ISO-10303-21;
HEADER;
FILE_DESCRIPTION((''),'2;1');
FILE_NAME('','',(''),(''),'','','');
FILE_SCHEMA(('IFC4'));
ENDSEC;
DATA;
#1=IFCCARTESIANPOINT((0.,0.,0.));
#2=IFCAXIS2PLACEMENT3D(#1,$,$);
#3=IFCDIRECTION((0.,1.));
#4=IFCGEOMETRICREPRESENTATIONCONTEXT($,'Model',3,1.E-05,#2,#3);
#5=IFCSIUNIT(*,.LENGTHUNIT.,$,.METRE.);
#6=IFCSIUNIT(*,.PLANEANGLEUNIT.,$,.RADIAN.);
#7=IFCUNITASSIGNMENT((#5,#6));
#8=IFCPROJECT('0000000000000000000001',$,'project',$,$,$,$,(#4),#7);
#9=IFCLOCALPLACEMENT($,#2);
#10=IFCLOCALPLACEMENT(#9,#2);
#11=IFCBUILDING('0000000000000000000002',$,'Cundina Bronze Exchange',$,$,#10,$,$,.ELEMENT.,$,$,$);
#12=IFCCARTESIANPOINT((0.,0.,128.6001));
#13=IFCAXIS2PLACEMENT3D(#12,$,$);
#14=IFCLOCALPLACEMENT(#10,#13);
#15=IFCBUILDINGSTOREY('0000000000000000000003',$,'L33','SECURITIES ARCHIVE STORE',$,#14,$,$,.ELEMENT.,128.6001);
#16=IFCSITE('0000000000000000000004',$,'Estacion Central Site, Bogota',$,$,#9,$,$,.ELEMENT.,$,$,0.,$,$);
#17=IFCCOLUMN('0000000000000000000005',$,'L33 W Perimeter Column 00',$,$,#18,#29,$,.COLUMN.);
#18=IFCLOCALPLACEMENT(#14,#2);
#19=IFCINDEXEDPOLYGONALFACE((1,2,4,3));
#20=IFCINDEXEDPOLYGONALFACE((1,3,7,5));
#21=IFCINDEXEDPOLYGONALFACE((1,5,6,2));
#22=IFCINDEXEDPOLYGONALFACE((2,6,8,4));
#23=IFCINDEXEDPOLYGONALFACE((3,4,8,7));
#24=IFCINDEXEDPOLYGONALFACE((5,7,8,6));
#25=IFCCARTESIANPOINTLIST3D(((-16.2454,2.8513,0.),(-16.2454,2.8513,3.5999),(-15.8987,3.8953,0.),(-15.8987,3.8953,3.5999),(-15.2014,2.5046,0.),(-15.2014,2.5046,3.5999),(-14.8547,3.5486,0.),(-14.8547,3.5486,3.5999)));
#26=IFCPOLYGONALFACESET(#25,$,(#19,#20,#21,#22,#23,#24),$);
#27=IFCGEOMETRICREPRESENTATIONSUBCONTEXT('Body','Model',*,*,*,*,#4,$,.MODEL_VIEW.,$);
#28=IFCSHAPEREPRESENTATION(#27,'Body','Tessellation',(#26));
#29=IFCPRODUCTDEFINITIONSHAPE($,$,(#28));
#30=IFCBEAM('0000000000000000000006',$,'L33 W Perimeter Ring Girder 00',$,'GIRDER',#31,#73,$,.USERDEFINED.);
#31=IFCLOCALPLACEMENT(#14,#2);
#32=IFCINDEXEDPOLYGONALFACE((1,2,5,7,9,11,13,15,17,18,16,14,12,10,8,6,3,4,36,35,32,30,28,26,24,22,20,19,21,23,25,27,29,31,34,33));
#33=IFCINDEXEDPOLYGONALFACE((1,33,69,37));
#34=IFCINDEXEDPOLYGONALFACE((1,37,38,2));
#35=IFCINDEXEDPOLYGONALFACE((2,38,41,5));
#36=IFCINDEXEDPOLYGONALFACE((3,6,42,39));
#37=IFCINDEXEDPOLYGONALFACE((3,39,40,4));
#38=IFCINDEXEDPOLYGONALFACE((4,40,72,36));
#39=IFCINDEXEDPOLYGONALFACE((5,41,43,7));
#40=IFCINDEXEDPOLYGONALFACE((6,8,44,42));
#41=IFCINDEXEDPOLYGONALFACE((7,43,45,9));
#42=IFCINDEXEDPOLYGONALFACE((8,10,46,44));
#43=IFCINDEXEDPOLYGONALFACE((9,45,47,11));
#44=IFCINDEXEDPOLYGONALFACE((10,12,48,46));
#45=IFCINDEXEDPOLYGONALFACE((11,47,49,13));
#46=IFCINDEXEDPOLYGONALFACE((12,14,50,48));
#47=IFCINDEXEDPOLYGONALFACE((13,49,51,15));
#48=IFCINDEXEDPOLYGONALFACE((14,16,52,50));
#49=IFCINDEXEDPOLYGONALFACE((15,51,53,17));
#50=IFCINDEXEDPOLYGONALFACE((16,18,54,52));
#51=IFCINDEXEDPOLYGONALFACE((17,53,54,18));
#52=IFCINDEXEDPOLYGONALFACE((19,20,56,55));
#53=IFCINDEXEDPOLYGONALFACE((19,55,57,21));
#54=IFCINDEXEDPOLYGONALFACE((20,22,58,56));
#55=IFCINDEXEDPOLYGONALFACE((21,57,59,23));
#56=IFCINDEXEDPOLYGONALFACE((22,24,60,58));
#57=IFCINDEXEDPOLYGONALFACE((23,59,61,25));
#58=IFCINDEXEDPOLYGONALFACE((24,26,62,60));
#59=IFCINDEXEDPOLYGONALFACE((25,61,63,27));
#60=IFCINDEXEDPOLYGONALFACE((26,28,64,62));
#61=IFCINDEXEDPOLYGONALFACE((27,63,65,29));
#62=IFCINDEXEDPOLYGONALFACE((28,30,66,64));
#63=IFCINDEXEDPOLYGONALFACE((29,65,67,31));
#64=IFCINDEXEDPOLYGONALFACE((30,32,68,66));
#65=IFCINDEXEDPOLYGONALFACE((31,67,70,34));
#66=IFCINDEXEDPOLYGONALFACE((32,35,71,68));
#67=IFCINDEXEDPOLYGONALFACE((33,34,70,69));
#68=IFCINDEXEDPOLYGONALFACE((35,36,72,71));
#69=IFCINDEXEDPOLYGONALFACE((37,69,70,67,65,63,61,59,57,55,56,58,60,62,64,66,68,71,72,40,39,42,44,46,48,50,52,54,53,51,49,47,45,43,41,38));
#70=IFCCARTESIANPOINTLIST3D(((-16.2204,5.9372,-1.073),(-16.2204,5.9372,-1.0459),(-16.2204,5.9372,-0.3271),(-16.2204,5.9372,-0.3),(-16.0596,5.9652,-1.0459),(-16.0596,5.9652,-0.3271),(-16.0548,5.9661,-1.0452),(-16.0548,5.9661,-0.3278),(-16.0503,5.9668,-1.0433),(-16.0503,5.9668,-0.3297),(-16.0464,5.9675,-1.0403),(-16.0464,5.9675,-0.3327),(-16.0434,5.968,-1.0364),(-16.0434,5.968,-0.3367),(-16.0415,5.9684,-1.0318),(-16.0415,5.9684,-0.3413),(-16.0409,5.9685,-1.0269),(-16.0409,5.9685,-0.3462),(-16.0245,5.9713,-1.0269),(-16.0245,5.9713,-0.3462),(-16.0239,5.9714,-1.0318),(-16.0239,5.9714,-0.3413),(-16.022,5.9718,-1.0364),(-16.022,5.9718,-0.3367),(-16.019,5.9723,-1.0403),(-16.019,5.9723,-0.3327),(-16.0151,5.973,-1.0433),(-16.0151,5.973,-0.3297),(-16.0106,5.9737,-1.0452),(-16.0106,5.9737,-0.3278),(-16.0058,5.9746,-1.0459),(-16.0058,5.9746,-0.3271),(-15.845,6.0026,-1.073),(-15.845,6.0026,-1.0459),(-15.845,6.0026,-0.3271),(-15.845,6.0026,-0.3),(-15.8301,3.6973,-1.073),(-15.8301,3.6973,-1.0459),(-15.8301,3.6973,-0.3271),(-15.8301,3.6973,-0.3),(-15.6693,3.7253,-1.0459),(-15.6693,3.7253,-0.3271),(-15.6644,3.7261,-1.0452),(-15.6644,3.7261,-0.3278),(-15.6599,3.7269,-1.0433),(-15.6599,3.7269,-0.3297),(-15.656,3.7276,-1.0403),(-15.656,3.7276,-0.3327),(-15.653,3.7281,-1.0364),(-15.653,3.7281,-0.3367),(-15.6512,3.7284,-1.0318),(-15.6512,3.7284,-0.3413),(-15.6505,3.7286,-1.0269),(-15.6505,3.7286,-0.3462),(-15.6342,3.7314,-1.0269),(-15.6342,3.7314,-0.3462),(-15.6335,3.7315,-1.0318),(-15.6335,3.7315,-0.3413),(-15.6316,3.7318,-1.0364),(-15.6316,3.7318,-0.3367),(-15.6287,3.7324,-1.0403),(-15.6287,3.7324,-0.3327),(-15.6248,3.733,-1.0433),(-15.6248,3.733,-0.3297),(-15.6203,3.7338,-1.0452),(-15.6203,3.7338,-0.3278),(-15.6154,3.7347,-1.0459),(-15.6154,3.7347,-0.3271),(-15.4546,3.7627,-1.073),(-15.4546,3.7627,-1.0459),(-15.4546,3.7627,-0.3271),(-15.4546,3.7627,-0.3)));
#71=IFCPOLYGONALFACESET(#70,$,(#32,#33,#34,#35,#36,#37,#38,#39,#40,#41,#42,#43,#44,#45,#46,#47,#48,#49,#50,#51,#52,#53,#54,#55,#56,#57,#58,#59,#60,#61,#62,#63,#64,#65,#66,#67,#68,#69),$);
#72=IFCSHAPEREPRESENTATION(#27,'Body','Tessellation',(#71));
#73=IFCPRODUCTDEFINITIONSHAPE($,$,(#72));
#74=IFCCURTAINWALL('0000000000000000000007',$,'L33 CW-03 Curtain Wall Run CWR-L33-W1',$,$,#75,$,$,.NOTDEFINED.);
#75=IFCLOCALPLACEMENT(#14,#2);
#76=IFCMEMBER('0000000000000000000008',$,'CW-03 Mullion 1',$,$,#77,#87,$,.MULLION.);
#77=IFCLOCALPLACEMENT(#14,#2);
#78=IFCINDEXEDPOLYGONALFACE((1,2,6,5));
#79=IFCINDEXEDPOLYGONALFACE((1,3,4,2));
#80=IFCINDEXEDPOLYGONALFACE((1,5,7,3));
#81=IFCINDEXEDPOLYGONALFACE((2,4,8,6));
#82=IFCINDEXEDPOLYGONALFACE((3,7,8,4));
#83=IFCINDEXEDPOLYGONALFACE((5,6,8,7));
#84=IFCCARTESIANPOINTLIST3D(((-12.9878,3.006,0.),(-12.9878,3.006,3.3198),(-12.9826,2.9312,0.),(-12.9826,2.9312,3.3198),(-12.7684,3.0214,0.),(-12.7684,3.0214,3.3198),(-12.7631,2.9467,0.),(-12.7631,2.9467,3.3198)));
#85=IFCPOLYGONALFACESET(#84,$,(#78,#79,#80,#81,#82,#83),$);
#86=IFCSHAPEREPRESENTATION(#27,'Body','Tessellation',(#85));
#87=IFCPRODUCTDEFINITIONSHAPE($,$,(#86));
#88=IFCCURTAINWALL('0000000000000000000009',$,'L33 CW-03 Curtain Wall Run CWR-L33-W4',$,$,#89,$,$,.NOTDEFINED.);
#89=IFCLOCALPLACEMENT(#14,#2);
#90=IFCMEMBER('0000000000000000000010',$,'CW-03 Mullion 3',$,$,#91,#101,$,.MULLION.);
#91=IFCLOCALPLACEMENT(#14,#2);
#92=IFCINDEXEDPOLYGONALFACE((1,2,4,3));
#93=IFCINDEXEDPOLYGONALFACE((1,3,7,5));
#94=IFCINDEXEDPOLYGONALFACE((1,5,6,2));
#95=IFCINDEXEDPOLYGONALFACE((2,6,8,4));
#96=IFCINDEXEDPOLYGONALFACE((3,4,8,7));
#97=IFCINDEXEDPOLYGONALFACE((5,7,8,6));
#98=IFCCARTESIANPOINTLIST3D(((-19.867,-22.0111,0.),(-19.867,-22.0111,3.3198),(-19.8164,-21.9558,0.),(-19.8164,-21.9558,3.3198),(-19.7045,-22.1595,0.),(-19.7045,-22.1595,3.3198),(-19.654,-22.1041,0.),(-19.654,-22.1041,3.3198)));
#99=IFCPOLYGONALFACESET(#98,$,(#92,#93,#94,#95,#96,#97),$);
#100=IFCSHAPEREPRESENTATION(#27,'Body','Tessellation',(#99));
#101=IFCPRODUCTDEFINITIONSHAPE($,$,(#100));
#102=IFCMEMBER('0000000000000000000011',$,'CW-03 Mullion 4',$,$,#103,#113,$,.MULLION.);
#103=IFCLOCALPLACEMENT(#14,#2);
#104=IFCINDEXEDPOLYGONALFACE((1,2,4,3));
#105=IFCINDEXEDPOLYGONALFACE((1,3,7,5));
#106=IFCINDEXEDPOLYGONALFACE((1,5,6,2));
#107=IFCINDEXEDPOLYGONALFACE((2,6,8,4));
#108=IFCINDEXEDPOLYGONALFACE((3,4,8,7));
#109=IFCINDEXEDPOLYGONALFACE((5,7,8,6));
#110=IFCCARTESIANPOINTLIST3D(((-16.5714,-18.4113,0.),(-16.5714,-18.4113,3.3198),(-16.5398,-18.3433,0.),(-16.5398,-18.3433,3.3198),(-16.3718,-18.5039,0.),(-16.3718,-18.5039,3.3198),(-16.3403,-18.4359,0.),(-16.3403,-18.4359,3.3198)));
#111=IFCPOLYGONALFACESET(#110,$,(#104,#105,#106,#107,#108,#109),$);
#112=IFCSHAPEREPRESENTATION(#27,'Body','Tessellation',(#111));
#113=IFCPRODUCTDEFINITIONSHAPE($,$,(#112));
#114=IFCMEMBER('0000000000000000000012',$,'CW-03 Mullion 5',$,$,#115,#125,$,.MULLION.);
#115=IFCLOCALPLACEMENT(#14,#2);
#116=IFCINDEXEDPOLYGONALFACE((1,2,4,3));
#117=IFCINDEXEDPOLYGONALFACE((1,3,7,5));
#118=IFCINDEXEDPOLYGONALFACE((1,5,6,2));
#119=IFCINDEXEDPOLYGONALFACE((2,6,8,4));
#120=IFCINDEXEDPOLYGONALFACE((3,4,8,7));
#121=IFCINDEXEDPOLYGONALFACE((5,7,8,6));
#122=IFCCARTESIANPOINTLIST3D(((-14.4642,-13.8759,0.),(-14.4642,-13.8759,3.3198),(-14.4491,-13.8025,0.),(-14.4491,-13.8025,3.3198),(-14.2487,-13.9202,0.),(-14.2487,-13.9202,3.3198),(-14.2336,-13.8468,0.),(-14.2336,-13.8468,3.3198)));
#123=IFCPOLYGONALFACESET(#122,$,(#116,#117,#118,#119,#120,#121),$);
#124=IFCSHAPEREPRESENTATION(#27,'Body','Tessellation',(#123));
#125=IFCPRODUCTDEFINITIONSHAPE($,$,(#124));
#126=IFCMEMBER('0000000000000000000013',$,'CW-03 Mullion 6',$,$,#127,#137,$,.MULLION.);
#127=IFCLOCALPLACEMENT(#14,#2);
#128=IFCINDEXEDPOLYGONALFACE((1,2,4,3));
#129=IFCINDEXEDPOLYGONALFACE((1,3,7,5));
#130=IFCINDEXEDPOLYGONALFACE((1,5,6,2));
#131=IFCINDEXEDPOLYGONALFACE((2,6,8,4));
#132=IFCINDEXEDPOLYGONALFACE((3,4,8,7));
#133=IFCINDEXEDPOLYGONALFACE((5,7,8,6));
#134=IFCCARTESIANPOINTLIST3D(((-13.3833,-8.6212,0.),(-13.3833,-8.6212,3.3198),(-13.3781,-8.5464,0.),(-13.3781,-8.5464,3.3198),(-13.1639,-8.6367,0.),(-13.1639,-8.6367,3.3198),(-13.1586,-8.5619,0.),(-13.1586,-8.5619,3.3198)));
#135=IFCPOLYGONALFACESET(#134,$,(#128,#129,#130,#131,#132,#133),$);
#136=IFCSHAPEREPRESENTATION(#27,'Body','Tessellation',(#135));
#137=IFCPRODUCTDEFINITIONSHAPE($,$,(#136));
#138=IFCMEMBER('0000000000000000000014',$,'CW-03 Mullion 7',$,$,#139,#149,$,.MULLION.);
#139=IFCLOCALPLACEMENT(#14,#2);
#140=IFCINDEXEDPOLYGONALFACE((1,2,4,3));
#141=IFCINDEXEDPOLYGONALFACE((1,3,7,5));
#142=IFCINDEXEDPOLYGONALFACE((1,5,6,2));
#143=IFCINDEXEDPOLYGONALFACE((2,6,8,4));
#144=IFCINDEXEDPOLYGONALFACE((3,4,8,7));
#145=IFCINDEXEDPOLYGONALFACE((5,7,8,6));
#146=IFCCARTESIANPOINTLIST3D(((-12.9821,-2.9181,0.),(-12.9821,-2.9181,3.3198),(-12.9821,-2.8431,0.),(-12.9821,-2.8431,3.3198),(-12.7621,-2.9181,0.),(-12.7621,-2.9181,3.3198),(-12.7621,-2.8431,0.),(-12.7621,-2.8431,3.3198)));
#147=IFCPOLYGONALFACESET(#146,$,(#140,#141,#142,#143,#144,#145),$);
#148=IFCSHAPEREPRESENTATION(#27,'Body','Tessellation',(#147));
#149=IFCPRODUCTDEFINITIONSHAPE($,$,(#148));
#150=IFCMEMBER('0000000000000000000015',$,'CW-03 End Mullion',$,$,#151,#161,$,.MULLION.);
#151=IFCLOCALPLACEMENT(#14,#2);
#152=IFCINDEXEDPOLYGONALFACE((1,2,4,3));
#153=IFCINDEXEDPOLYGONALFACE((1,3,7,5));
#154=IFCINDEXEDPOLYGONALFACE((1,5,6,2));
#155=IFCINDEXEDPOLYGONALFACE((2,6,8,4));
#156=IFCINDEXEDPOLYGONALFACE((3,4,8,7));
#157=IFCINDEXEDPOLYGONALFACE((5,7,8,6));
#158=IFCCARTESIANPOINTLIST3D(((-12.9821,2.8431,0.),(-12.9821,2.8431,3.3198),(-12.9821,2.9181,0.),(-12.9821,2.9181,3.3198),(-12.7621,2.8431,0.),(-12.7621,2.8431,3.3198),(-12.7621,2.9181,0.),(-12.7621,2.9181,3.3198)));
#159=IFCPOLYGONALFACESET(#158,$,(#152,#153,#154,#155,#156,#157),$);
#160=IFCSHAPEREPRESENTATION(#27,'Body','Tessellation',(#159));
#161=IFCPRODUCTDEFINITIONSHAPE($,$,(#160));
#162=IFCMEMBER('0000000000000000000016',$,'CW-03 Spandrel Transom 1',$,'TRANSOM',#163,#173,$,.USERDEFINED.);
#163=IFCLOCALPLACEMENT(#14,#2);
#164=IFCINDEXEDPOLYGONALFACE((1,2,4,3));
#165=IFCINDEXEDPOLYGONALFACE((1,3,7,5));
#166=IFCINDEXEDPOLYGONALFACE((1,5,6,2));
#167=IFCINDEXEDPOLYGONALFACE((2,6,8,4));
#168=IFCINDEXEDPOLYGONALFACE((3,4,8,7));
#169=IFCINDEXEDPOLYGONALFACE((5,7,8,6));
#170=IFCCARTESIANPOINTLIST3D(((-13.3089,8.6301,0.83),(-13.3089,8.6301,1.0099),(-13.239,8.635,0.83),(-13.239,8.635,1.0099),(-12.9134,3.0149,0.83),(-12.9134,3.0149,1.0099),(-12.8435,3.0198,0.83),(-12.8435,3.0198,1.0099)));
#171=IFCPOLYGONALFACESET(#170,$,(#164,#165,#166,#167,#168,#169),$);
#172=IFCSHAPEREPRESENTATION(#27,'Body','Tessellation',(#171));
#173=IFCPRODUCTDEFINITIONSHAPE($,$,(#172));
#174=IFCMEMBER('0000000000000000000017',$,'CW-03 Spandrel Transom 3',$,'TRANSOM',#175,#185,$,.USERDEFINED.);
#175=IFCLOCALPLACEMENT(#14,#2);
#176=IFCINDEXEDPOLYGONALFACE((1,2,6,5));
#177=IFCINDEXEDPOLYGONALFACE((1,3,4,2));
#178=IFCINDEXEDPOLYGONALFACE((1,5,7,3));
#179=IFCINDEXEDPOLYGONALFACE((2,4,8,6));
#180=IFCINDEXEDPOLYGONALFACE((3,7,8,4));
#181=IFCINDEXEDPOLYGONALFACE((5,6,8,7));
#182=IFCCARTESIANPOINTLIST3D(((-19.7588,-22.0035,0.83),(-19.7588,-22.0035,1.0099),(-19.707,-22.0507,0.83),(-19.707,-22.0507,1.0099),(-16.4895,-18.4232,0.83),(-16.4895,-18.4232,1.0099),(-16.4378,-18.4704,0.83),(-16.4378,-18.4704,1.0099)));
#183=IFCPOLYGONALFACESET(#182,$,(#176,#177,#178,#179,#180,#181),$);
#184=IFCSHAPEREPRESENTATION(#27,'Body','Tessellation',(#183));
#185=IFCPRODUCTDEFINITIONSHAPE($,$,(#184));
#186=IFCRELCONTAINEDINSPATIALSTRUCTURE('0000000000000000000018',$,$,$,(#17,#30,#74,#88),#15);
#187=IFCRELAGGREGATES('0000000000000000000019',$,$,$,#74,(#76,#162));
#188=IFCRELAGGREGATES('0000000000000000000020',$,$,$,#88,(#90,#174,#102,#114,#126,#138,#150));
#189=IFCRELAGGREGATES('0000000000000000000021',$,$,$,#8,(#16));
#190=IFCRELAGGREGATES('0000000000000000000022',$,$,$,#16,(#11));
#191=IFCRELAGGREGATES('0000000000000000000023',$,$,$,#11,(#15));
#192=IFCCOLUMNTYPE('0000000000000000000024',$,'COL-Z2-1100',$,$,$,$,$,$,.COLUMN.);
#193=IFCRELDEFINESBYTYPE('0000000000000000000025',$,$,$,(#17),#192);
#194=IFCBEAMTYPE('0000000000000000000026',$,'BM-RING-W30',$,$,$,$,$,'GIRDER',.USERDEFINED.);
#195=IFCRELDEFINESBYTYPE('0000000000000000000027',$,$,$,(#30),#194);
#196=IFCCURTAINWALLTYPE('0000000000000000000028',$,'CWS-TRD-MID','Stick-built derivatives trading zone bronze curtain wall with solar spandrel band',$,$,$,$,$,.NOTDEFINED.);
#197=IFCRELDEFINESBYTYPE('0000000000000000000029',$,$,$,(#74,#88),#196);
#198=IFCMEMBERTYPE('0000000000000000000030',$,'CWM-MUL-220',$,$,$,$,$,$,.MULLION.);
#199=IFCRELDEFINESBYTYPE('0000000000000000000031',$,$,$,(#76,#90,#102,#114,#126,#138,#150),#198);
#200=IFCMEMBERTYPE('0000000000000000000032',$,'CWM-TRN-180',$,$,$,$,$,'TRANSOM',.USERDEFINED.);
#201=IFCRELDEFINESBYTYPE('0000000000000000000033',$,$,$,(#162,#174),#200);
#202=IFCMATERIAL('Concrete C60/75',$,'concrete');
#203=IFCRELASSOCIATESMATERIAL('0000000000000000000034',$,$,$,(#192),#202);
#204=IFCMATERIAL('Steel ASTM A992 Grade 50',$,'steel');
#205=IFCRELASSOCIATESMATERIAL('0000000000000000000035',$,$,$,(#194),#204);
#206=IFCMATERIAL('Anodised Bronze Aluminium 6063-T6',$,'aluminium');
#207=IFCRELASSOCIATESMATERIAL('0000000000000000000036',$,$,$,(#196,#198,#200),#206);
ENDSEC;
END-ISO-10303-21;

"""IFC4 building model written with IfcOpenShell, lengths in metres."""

from ifc_helpers import new_model, si_unit, direction, frame, origin, origin_2d, place, context, subcontext, project, spatial, rectangle, i_section, extrude, material, material_profile, profile_set, type_object, element, aggregate, save


model = new_model("IFC4")

# Units and contexts
model_context = context("Model", 3, precision=1e-05, world=origin(), true_north=direction((0.0, 1.0)))
body_context = subcontext(model_context, "Body", "Model", "MODEL_VIEW")
ifc_project = project(units=[si_unit("LENGTHUNIT", "METRE"), si_unit("PLANEANGLEUNIT", "RADIAN")], contexts=[model_context])

# Site, building, storey
site_placement = place(None, origin())
site = spatial("IfcSite", under=ifc_project, at=site_placement, Name="Estacion Central Site, Bogota", CompositionType="ELEMENT", RefElevation=0.0)
building_placement = place(site_placement, origin())
building = spatial("IfcBuilding", under=site, at=building_placement, Name="Cundina Bronze Exchange", CompositionType="ELEMENT")
storey_placement = place(building_placement, frame((0.0, 0.0, 128.6001)))
storey = spatial("IfcBuildingStorey", under=building, at=storey_placement, Name="L33", Description="SECURITIES ARCHIVE STORE", CompositionType="ELEMENT", Elevation=128.6001)

# Column
ifc_material_1 = material(Name="Concrete C60/75", Category="concrete")
ifc_material_profile_1 = material_profile(ifc_material_1, rectangle(XDim=1.1001, YDim=1.1001, at=origin_2d()), Name="RC1100X1100", Category="concrete")
ifc_profile_set_1 = profile_set([ifc_material_profile_1], Name="Concrete C60/75")
column_type = type_object("IfcColumnType", Name="COL-Z2-1100", PredefinedType="COLUMN", material=ifc_profile_set_1)
column_placement = place(storey_placement, frame((-15.55, 3.2, 0.0), z_axis=(0.0, 0.0, 1.0), x_axis=(0.315152, 0.949041, 0.0)))
element("IfcColumn", 1, at=column_placement, inside=storey, type_object=column_type, Name="L33 W Perimeter Column 00", PredefinedType="COLUMN", context=body_context, shape_type="SweptSolid", body=[
    extrude(rectangle(XDim=1.1001, YDim=1.1001, at=origin_2d()), origin(), (0.0, 0.0, 1.0), 3.5999),
])

# Beam
ifc_material_2 = material(Name="Steel ASTM A992 Grade 50", Category="steel")
ifc_material_profile_2 = material_profile(ifc_material_2, i_section(OverallWidth=0.3811, OverallDepth=0.7729, WebThickness=0.0166, FlangeThickness=0.0271, FilletRadius=0.019, at=origin_2d()), Name="W30X173", Category="steel")
ifc_profile_set_2 = profile_set([ifc_material_profile_2], Name="Steel ASTM A992 Grade 50")
beam_type = type_object("IfcBeamType", Name="BM-RING-W30", ElementType="GIRDER", PredefinedType="USERDEFINED", material=ifc_profile_set_2)
beam_placement = place(storey_placement, frame((-15.6423, 3.73, -0.6865), z_axis=(-0.17169, 0.985151, 0.0), x_axis=(-0.985151, -0.17169, 0.0)))
element("IfcBeam", 2, at=beam_placement, inside=storey, type_object=beam_type, Name="L33 W Perimeter Ring Girder 00", ObjectType="GIRDER", PredefinedType="USERDEFINED", context=body_context, shape_type="SweptSolid", body=[
    extrude(i_section(OverallWidth=0.3811, OverallDepth=0.7729, WebThickness=0.0166, FlangeThickness=0.0271, FilletRadius=0.019, at=origin_2d()), origin(), (0.0, 0.0, 1.0), 2.2737),
])

# Curtain wall, member
ifc_material_3 = material(Name="Anodised Bronze Aluminium 6063-T6", Category="aluminium")
curtain_wall_type = type_object("IfcCurtainWallType", Name="CWS-TRD-MID", Description="Stick-built derivatives trading zone bronze curtain wall with solar spandrel band", PredefinedType="NOTDEFINED", material=ifc_material_3)
curtain_wall_1_placement = place(storey_placement, origin())
curtain_wall_1 = element("IfcCurtainWall", 3, at=curtain_wall_1_placement, inside=storey, type_object=curtain_wall_type, Name="L33 CW-03 Curtain Wall Run CWR-L33-W1", PredefinedType="NOTDEFINED")
ifc_material_profile_3 = material_profile(ifc_material_3, rectangle(XDim=0.075, YDim=0.22, at=origin_2d()), Name="AL75X220", Category="aluminium")
ifc_profile_set_3 = profile_set([ifc_material_profile_3], Name="Anodised Bronze Aluminium 6063-T6")
member_type_1 = type_object("IfcMemberType", Name="CWM-MUL-220", PredefinedType="MULLION", material=ifc_profile_set_3)
member_1_placement = place(storey_placement, frame((-12.8755, 2.9763, 0.0), z_axis=(0.0, 0.0, 1.0), x_axis=(-0.070279, 0.997527, 0.0)))
member_1 = element("IfcMember", 4, at=member_1_placement, type_object=member_type_1, Name="CW-03 Mullion 1", PredefinedType="MULLION", context=body_context, shape_type="SweptSolid", body=[
    extrude(rectangle(XDim=0.075, YDim=0.22, at=origin_2d()), origin(), (0.0, 0.0, 1.0), 3.3198),
])

# Curtain wall, members
curtain_wall_2_placement = place(storey_placement, origin())
curtain_wall_2 = element("IfcCurtainWall", 5, at=curtain_wall_2_placement, inside=storey, type_object=curtain_wall_type, Name="L33 CW-03 Curtain Wall Run CWR-L33-W4", PredefinedType="NOTDEFINED")
member_2_placement = place(storey_placement, frame((-19.7605, -22.0576, 0.0), z_axis=(0.0, 0.0, 1.0), x_axis=(0.674302, 0.738455, 0.0)))
member_2 = element("IfcMember", 6, at=member_2_placement, type_object=member_type_1, Name="CW-03 Mullion 3", PredefinedType="MULLION", context=body_context, shape_type="SweptSolid", body=[
    extrude(rectangle(XDim=0.075, YDim=0.22, at=origin_2d()), origin(), (0.0, 0.0, 1.0), 3.3198),
])
member_3_placement = place(storey_placement, frame((-16.4558, -18.4236, 0.0), z_axis=(0.0, 0.0, 1.0), x_axis=(0.420877, 0.907117, 0.0)))
member_3 = element("IfcMember", 7, at=member_3_placement, type_object=member_type_1, Name="CW-03 Mullion 4", PredefinedType="MULLION", context=body_context, shape_type="SweptSolid", body=[
    extrude(rectangle(XDim=0.075, YDim=0.22, at=origin_2d()), origin(), (0.0, 0.0, 1.0), 3.3198),
])
member_4_placement = place(storey_placement, frame((-14.3489, -13.8613, 0.0), z_axis=(0.0, 0.0, 1.0), x_axis=(0.20142, 0.979505, 0.0)))
member_4 = element("IfcMember", 8, at=member_4_placement, type_object=member_type_1, Name="CW-03 Mullion 5", PredefinedType="MULLION", context=body_context, shape_type="SweptSolid", body=[
    extrude(rectangle(XDim=0.075, YDim=0.22, at=origin_2d()), origin(), (0.0, 0.0, 1.0), 3.3198),
])
member_5_placement = place(storey_placement, frame((-13.271, -8.5916, 0.0), z_axis=(0.0, 0.0, 1.0), x_axis=(0.070279, 0.997527, 0.0)))
member_5 = element("IfcMember", 9, at=member_5_placement, type_object=member_type_1, Name="CW-03 Mullion 6", PredefinedType="MULLION", context=body_context, shape_type="SweptSolid", body=[
    extrude(rectangle(XDim=0.075, YDim=0.22, at=origin_2d()), origin(), (0.0, 0.0, 1.0), 3.3198),
])
member_6_placement = place(storey_placement, frame((-12.8721, -2.8806, 0.0), z_axis=(0.0, 0.0, 1.0), x_axis=(0.0, 1.0, 0.0)))
member_6 = element("IfcMember", 10, at=member_6_placement, type_object=member_type_1, Name="CW-03 Mullion 7", PredefinedType="MULLION", context=body_context, shape_type="SweptSolid", body=[
    extrude(rectangle(XDim=0.075, YDim=0.22, at=origin_2d()), origin(), (0.0, 0.0, 1.0), 3.3198),
])
member_7_placement = place(storey_placement, frame((-12.8721, 2.8806, 0.0), z_axis=(0.0, 0.0, 1.0), x_axis=(0.0, 1.0, 0.0)))
member_7 = element("IfcMember", 11, at=member_7_placement, type_object=member_type_1, Name="CW-03 End Mullion", PredefinedType="MULLION", context=body_context, shape_type="SweptSolid", body=[
    extrude(rectangle(XDim=0.075, YDim=0.22, at=origin_2d()), origin(), (0.0, 0.0, 1.0), 3.3198),
])

# Members
ifc_material_profile_4 = material_profile(ifc_material_3, rectangle(XDim=0.0701, YDim=0.1799, at=origin_2d()), Name="AL70X180", Category="aluminium")
ifc_profile_set_4 = profile_set([ifc_material_profile_4], Name="Anodised Bronze Aluminium 6063-T6")
member_type_2 = type_object("IfcMemberType", Name="CWM-TRN-180", ElementType="TRANSOM", PredefinedType="USERDEFINED", material=ifc_profile_set_4)
member_8_placement = place(storey_placement, frame((-12.8784, 3.0173, 0.9199), z_axis=(-0.070261, 0.997529, 0.0), x_axis=(-0.997529, -0.070261, 0.0)))
member_8 = element("IfcMember", 12, at=member_8_placement, type_object=member_type_2, Name="CW-03 Spandrel Transom 1", ObjectType="TRANSOM", PredefinedType="USERDEFINED", context=body_context, shape_type="SweptSolid", body=[
    extrude(rectangle(XDim=0.0701, YDim=0.1799, at=origin_2d()), origin(), (0.0, 0.0, 1.0), 5.6292),
])
aggregate(curtain_wall_1, [member_1, member_8])
member_9_placement = place(storey_placement, frame((-19.7329, -22.0271, 0.9199), z_axis=(0.674303, 0.738455, 0.0), x_axis=(-0.738455, 0.674303, 0.0)))
member_9 = element("IfcMember", 13, at=member_9_placement, type_object=member_type_2, Name="CW-03 Spandrel Transom 3", ObjectType="TRANSOM", PredefinedType="USERDEFINED", context=body_context, shape_type="SweptSolid", body=[
    extrude(rectangle(XDim=0.0701, YDim=0.1799, at=origin_2d()), origin(), (0.0, 0.0, 1.0), 4.8484),
])

aggregate(curtain_wall_2, [member_2, member_9, member_3, member_4, member_5, member_6, member_7])

save(model, "model.ifc")
